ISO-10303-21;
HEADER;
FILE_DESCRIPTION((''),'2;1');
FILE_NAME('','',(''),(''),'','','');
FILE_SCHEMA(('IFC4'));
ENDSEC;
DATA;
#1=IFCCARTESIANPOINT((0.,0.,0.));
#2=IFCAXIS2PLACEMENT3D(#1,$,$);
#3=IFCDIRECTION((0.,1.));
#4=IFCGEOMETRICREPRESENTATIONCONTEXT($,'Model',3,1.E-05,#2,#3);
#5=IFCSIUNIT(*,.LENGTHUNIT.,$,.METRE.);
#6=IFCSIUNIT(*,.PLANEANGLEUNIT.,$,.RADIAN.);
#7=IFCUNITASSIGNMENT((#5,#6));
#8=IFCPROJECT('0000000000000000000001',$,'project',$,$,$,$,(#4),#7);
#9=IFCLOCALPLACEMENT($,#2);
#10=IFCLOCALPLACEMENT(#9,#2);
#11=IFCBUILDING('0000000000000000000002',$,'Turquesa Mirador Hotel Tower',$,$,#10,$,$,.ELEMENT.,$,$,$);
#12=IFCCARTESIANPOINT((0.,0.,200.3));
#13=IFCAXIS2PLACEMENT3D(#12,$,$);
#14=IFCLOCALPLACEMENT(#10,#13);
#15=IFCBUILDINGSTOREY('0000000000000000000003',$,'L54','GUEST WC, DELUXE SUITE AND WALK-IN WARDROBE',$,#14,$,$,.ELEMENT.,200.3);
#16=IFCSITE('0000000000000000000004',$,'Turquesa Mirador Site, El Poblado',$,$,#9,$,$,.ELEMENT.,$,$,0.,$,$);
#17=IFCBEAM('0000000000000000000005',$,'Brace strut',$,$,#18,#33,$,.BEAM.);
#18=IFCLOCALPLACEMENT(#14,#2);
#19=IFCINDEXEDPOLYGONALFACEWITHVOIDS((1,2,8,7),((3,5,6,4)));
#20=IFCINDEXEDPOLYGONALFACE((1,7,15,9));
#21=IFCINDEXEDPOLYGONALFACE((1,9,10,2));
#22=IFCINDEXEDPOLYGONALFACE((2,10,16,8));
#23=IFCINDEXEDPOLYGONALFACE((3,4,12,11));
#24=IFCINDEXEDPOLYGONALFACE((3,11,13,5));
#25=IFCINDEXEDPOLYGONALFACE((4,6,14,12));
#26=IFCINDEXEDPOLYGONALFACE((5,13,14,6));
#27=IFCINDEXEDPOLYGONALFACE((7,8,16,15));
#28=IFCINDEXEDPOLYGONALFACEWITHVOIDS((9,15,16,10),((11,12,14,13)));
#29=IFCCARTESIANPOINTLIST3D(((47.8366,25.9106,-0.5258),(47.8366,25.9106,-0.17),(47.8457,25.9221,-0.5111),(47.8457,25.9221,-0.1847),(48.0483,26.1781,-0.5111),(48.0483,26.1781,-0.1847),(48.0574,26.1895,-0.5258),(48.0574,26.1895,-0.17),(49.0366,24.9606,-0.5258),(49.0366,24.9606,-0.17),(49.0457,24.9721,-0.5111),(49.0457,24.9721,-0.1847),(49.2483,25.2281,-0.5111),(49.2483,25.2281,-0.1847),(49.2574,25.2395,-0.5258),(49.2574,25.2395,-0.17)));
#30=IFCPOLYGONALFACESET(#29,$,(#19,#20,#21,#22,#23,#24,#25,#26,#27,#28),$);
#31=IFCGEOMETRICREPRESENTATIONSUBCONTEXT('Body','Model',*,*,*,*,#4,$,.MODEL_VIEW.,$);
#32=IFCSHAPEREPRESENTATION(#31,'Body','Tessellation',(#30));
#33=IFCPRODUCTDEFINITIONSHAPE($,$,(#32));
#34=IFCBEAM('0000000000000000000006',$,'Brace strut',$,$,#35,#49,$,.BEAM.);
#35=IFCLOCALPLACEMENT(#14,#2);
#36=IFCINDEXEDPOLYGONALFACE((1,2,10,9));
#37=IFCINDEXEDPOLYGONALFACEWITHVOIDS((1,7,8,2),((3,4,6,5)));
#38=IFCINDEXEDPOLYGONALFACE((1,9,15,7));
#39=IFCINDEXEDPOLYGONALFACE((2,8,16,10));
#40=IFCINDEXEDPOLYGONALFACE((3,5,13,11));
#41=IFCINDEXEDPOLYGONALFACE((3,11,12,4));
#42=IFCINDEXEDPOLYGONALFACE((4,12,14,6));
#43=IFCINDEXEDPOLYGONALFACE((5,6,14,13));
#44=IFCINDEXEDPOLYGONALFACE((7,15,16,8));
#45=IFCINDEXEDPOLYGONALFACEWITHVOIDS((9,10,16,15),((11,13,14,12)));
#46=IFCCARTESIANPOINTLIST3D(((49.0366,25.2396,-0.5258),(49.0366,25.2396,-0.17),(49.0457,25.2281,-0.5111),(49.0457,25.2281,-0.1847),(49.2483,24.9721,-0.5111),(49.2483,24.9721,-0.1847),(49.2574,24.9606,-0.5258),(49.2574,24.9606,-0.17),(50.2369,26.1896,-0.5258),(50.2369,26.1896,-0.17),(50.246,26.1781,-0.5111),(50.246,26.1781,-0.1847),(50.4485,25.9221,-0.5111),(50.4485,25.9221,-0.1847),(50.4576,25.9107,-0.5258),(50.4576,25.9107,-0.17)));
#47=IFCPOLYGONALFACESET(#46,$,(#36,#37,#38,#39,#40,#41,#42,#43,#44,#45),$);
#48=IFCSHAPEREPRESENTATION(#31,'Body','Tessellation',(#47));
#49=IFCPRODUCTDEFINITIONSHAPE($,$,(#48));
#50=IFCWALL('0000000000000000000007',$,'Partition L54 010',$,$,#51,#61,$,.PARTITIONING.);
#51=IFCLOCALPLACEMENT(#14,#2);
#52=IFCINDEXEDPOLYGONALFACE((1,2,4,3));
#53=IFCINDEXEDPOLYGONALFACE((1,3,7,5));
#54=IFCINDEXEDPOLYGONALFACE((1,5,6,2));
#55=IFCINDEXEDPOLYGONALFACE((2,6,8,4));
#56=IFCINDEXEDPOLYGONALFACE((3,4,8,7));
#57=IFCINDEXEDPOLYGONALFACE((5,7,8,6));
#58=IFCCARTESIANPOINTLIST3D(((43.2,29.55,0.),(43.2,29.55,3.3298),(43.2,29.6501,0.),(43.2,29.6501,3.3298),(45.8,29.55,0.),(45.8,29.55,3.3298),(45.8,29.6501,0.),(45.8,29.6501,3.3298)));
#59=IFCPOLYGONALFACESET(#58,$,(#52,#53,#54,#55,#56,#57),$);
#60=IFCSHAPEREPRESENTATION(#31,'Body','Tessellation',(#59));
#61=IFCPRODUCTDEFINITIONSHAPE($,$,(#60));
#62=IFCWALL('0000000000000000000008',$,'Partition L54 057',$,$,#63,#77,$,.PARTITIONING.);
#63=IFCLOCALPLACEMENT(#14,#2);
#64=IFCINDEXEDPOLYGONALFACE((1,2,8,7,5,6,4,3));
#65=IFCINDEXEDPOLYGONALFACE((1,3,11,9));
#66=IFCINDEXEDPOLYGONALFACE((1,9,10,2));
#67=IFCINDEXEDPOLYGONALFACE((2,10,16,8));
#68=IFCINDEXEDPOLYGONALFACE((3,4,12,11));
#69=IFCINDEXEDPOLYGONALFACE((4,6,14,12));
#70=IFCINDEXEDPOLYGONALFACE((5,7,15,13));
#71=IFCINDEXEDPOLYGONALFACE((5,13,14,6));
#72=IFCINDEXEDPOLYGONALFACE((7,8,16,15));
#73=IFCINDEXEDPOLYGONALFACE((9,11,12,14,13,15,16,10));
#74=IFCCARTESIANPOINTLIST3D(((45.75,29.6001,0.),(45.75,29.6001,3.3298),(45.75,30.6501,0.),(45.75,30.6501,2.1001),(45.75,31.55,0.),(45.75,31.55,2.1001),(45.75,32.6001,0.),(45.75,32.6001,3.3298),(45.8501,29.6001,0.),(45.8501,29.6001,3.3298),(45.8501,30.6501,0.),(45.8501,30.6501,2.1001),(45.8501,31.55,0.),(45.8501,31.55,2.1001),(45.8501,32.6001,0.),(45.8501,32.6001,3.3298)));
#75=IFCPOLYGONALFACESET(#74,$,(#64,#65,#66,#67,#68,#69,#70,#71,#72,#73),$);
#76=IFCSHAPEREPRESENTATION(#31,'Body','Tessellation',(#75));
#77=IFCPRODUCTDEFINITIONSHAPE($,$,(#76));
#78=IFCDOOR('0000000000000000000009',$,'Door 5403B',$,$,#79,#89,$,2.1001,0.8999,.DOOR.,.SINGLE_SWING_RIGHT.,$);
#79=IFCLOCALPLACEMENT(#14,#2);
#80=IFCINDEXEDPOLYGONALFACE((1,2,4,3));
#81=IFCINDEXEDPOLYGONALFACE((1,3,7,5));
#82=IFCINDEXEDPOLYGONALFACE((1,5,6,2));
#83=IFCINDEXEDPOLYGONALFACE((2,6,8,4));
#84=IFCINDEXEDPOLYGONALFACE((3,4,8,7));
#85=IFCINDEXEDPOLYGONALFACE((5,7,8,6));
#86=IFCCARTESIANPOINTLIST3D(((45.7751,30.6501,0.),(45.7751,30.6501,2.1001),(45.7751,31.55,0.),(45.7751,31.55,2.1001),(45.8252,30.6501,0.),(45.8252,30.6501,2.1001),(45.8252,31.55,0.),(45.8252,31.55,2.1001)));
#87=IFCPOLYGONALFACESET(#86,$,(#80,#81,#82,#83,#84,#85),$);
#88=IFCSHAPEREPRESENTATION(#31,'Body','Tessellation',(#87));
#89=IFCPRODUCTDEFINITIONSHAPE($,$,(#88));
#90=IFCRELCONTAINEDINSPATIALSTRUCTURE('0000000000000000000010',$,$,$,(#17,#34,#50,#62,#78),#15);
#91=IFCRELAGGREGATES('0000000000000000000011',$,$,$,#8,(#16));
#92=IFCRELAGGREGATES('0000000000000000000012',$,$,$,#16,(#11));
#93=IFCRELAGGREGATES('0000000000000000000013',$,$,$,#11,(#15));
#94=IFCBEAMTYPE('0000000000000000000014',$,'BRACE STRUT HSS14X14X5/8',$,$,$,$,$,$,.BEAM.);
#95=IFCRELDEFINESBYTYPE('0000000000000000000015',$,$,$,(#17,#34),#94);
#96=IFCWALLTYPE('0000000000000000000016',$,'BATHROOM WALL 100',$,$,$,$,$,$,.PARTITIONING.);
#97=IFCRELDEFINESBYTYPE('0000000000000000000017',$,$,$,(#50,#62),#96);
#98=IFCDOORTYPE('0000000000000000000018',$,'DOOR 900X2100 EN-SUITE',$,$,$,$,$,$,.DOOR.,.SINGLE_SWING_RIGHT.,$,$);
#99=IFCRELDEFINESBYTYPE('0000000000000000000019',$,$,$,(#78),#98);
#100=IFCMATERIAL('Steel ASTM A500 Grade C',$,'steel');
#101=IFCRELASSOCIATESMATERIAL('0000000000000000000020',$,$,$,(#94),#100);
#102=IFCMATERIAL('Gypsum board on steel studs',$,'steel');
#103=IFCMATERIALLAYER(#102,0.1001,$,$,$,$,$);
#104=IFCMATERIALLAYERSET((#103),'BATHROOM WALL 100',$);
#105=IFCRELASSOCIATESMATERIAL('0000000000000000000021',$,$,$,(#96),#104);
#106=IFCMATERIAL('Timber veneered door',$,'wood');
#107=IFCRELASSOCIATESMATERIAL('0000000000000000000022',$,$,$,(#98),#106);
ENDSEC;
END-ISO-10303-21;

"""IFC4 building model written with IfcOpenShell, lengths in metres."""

from ifc_helpers import new_model, si_unit, direction, frame, frame_2d, origin, origin_2d, place, context, subcontext, project, spatial, rectangle, hollow_rectangle, extrude, material, layer, layer_set, material_profile, profile_set, type_object, element, fill, save


model = new_model("IFC4")

# Units and contexts
model_context = context("Model", 3, precision=1e-05, world=origin(), true_north=direction((0.0, 1.0)))
body_context = subcontext(model_context, "Body", "Model", "MODEL_VIEW")
ifc_project = project(units=[si_unit("LENGTHUNIT", "METRE"), si_unit("PLANEANGLEUNIT", "RADIAN")], contexts=[model_context])

# Site, building, storey
site_placement = place(None, origin())
site = spatial("IfcSite", under=ifc_project, at=site_placement, Name="Turquesa Mirador Site, El Poblado", CompositionType="ELEMENT", RefElevation=0.0)
building_placement = place(site_placement, origin())
building = spatial("IfcBuilding", under=site, at=building_placement, Name="Turquesa Mirador Hotel Tower", CompositionType="ELEMENT")
storey_placement = place(building_placement, frame((0.0, 0.0, 200.3)))
storey = spatial("IfcBuildingStorey", under=building, at=storey_placement, Name="L54", Description="GUEST WC, DELUXE SUITE AND WALK-IN WARDROBE", CompositionType="ELEMENT", Elevation=200.3)

# Beams
ifc_material_1 = material(Name="Steel ASTM A500 Grade C", Category="steel")
ifc_material_profile_1 = material_profile(ifc_material_1, hollow_rectangle(XDim=0.3557, YDim=0.3557, WallThickness=0.0146, at=origin_2d()), Name="HSS14X14X5/8")
ifc_profile_set_1 = profile_set([ifc_material_profile_1], Name="Steel ASTM A500 Grade C")
beam_type_1 = type_object("IfcBeamType", Name="BRACE STRUT HSS14X14X5/8", PredefinedType="BEAM", material=ifc_profile_set_1)
beam_1_placement = place(storey_placement, frame((49.147, 25.1001, -0.3479), z_axis=(-0.784049, 0.620699, 0.0), x_axis=(-0.620699, -0.784049, 0.0)))
element("IfcBeam", 1, at=beam_1_placement, inside=storey, type_object=beam_type_1, Name="Brace strut", PredefinedType="BEAM", context=body_context, shape_type="SweptSolid", body=[
    extrude(hollow_rectangle(XDim=0.3557, YDim=0.3557, WallThickness=0.0146, at=origin_2d()), origin(), (0.0, 0.0, 1.0), 1.5305),
])
beam_2_placement = place(storey_placement, frame((49.147, 25.1001, -0.3479), z_axis=(0.784111, 0.620621, 0.0), x_axis=(-0.620621, 0.784111, 0.0)))
element("IfcBeam", 2, at=beam_2_placement, inside=storey, type_object=beam_type_1, Name="Brace strut", PredefinedType="BEAM", context=body_context, shape_type="SweptSolid", body=[
    extrude(hollow_rectangle(XDim=0.3557, YDim=0.3557, WallThickness=0.0146, at=origin_2d()), origin(), (0.0, 0.0, 1.0), 1.5308),
])

# Wall
ifc_material_2 = material(Name="Gypsum board on steel studs", Category="steel")
ifc_layer_1 = layer(ifc_material_2, 0.1001)
ifc_layer_set_1 = layer_set([ifc_layer_1], Name="BATHROOM WALL 100")
wall_type_1 = type_object("IfcWallType", Name="BATHROOM WALL 100", PredefinedType="PARTITIONING", material=ifc_layer_set_1)
wall_1_placement = place(storey_placement, frame((43.2, 29.6001, 0.0), z_axis=(0.0, 0.0, 1.0), x_axis=(1.0, 0.0, 0.0)))
element("IfcWall", 3, at=wall_1_placement, inside=storey, type_object=wall_type_1, Name="Partition L54 010", PredefinedType="PARTITIONING", context=body_context, shape_type="SweptSolid", body=[
    extrude(rectangle(XDim=2.6001, YDim=0.1001, at=frame_2d((1.3, 0.0))), origin(), (0.0, 0.0, 1.0), 3.3298),
])

# Wall, opening, door
wall_2_placement = place(storey_placement, frame((45.8, 29.6001, 0.0), z_axis=(0.0, 0.0, 1.0), x_axis=(0.0, 1.0, 0.0)))
wall_2 = element("IfcWall", 4, at=wall_2_placement, inside=storey, type_object=wall_type_1, Name="Partition L54 057", PredefinedType="PARTITIONING", context=body_context, shape_type="SweptSolid", body=[
    extrude(rectangle(XDim=3.0, YDim=0.1001, at=frame_2d((1.5, 0.0))), origin(), (0.0, 0.0, 1.0), 3.3298),
])
opening_1_placement = place(wall_2_placement, frame((1.05, 0.0, 0.0)))
opening_1 = element("IfcOpeningElement", 5, at=opening_1_placement, cuts=wall_2, PredefinedType="OPENING", context=body_context, shape_type="SweptSolid", body=[
    extrude(rectangle(XDim=0.8999, YDim=2.1001, at=frame_2d((0.45, 1.05))), frame((0.0, 0.0601, 0.0), z_axis=(0.0, -1.0, 0.0), x_axis=(1.0, 0.0, 0.0)), (0.0, 0.0, 1.0), 0.1201),
])
ifc_material_3 = material(Name="Timber veneered door", Category="wood")
door_type_1 = type_object("IfcDoorType", Name="DOOR 900X2100 EN-SUITE", OperationType="SINGLE_SWING_RIGHT", PredefinedType="DOOR", material=ifc_material_3)
door_1_placement = place(opening_1_placement, origin())
door_1 = element("IfcDoor", 6, at=door_1_placement, inside=storey, type_object=door_type_1, Name="Door 5403B", OperationType="SINGLE_SWING_RIGHT", OverallHeight=2.1001, OverallWidth=0.8999, PredefinedType="DOOR", context=body_context, shape_type="SweptSolid", body=[
    extrude(rectangle(XDim=0.8999, YDim=2.1001, at=frame_2d((0.45, 1.05))), frame((0.0, 0.0249, 0.0), z_axis=(0.0, -1.0, 0.0), x_axis=(1.0, 0.0, 0.0)), (0.0, 0.0, 1.0), 0.05),
])
fill(opening_1, door_1)

save(model, "model.ifc")
